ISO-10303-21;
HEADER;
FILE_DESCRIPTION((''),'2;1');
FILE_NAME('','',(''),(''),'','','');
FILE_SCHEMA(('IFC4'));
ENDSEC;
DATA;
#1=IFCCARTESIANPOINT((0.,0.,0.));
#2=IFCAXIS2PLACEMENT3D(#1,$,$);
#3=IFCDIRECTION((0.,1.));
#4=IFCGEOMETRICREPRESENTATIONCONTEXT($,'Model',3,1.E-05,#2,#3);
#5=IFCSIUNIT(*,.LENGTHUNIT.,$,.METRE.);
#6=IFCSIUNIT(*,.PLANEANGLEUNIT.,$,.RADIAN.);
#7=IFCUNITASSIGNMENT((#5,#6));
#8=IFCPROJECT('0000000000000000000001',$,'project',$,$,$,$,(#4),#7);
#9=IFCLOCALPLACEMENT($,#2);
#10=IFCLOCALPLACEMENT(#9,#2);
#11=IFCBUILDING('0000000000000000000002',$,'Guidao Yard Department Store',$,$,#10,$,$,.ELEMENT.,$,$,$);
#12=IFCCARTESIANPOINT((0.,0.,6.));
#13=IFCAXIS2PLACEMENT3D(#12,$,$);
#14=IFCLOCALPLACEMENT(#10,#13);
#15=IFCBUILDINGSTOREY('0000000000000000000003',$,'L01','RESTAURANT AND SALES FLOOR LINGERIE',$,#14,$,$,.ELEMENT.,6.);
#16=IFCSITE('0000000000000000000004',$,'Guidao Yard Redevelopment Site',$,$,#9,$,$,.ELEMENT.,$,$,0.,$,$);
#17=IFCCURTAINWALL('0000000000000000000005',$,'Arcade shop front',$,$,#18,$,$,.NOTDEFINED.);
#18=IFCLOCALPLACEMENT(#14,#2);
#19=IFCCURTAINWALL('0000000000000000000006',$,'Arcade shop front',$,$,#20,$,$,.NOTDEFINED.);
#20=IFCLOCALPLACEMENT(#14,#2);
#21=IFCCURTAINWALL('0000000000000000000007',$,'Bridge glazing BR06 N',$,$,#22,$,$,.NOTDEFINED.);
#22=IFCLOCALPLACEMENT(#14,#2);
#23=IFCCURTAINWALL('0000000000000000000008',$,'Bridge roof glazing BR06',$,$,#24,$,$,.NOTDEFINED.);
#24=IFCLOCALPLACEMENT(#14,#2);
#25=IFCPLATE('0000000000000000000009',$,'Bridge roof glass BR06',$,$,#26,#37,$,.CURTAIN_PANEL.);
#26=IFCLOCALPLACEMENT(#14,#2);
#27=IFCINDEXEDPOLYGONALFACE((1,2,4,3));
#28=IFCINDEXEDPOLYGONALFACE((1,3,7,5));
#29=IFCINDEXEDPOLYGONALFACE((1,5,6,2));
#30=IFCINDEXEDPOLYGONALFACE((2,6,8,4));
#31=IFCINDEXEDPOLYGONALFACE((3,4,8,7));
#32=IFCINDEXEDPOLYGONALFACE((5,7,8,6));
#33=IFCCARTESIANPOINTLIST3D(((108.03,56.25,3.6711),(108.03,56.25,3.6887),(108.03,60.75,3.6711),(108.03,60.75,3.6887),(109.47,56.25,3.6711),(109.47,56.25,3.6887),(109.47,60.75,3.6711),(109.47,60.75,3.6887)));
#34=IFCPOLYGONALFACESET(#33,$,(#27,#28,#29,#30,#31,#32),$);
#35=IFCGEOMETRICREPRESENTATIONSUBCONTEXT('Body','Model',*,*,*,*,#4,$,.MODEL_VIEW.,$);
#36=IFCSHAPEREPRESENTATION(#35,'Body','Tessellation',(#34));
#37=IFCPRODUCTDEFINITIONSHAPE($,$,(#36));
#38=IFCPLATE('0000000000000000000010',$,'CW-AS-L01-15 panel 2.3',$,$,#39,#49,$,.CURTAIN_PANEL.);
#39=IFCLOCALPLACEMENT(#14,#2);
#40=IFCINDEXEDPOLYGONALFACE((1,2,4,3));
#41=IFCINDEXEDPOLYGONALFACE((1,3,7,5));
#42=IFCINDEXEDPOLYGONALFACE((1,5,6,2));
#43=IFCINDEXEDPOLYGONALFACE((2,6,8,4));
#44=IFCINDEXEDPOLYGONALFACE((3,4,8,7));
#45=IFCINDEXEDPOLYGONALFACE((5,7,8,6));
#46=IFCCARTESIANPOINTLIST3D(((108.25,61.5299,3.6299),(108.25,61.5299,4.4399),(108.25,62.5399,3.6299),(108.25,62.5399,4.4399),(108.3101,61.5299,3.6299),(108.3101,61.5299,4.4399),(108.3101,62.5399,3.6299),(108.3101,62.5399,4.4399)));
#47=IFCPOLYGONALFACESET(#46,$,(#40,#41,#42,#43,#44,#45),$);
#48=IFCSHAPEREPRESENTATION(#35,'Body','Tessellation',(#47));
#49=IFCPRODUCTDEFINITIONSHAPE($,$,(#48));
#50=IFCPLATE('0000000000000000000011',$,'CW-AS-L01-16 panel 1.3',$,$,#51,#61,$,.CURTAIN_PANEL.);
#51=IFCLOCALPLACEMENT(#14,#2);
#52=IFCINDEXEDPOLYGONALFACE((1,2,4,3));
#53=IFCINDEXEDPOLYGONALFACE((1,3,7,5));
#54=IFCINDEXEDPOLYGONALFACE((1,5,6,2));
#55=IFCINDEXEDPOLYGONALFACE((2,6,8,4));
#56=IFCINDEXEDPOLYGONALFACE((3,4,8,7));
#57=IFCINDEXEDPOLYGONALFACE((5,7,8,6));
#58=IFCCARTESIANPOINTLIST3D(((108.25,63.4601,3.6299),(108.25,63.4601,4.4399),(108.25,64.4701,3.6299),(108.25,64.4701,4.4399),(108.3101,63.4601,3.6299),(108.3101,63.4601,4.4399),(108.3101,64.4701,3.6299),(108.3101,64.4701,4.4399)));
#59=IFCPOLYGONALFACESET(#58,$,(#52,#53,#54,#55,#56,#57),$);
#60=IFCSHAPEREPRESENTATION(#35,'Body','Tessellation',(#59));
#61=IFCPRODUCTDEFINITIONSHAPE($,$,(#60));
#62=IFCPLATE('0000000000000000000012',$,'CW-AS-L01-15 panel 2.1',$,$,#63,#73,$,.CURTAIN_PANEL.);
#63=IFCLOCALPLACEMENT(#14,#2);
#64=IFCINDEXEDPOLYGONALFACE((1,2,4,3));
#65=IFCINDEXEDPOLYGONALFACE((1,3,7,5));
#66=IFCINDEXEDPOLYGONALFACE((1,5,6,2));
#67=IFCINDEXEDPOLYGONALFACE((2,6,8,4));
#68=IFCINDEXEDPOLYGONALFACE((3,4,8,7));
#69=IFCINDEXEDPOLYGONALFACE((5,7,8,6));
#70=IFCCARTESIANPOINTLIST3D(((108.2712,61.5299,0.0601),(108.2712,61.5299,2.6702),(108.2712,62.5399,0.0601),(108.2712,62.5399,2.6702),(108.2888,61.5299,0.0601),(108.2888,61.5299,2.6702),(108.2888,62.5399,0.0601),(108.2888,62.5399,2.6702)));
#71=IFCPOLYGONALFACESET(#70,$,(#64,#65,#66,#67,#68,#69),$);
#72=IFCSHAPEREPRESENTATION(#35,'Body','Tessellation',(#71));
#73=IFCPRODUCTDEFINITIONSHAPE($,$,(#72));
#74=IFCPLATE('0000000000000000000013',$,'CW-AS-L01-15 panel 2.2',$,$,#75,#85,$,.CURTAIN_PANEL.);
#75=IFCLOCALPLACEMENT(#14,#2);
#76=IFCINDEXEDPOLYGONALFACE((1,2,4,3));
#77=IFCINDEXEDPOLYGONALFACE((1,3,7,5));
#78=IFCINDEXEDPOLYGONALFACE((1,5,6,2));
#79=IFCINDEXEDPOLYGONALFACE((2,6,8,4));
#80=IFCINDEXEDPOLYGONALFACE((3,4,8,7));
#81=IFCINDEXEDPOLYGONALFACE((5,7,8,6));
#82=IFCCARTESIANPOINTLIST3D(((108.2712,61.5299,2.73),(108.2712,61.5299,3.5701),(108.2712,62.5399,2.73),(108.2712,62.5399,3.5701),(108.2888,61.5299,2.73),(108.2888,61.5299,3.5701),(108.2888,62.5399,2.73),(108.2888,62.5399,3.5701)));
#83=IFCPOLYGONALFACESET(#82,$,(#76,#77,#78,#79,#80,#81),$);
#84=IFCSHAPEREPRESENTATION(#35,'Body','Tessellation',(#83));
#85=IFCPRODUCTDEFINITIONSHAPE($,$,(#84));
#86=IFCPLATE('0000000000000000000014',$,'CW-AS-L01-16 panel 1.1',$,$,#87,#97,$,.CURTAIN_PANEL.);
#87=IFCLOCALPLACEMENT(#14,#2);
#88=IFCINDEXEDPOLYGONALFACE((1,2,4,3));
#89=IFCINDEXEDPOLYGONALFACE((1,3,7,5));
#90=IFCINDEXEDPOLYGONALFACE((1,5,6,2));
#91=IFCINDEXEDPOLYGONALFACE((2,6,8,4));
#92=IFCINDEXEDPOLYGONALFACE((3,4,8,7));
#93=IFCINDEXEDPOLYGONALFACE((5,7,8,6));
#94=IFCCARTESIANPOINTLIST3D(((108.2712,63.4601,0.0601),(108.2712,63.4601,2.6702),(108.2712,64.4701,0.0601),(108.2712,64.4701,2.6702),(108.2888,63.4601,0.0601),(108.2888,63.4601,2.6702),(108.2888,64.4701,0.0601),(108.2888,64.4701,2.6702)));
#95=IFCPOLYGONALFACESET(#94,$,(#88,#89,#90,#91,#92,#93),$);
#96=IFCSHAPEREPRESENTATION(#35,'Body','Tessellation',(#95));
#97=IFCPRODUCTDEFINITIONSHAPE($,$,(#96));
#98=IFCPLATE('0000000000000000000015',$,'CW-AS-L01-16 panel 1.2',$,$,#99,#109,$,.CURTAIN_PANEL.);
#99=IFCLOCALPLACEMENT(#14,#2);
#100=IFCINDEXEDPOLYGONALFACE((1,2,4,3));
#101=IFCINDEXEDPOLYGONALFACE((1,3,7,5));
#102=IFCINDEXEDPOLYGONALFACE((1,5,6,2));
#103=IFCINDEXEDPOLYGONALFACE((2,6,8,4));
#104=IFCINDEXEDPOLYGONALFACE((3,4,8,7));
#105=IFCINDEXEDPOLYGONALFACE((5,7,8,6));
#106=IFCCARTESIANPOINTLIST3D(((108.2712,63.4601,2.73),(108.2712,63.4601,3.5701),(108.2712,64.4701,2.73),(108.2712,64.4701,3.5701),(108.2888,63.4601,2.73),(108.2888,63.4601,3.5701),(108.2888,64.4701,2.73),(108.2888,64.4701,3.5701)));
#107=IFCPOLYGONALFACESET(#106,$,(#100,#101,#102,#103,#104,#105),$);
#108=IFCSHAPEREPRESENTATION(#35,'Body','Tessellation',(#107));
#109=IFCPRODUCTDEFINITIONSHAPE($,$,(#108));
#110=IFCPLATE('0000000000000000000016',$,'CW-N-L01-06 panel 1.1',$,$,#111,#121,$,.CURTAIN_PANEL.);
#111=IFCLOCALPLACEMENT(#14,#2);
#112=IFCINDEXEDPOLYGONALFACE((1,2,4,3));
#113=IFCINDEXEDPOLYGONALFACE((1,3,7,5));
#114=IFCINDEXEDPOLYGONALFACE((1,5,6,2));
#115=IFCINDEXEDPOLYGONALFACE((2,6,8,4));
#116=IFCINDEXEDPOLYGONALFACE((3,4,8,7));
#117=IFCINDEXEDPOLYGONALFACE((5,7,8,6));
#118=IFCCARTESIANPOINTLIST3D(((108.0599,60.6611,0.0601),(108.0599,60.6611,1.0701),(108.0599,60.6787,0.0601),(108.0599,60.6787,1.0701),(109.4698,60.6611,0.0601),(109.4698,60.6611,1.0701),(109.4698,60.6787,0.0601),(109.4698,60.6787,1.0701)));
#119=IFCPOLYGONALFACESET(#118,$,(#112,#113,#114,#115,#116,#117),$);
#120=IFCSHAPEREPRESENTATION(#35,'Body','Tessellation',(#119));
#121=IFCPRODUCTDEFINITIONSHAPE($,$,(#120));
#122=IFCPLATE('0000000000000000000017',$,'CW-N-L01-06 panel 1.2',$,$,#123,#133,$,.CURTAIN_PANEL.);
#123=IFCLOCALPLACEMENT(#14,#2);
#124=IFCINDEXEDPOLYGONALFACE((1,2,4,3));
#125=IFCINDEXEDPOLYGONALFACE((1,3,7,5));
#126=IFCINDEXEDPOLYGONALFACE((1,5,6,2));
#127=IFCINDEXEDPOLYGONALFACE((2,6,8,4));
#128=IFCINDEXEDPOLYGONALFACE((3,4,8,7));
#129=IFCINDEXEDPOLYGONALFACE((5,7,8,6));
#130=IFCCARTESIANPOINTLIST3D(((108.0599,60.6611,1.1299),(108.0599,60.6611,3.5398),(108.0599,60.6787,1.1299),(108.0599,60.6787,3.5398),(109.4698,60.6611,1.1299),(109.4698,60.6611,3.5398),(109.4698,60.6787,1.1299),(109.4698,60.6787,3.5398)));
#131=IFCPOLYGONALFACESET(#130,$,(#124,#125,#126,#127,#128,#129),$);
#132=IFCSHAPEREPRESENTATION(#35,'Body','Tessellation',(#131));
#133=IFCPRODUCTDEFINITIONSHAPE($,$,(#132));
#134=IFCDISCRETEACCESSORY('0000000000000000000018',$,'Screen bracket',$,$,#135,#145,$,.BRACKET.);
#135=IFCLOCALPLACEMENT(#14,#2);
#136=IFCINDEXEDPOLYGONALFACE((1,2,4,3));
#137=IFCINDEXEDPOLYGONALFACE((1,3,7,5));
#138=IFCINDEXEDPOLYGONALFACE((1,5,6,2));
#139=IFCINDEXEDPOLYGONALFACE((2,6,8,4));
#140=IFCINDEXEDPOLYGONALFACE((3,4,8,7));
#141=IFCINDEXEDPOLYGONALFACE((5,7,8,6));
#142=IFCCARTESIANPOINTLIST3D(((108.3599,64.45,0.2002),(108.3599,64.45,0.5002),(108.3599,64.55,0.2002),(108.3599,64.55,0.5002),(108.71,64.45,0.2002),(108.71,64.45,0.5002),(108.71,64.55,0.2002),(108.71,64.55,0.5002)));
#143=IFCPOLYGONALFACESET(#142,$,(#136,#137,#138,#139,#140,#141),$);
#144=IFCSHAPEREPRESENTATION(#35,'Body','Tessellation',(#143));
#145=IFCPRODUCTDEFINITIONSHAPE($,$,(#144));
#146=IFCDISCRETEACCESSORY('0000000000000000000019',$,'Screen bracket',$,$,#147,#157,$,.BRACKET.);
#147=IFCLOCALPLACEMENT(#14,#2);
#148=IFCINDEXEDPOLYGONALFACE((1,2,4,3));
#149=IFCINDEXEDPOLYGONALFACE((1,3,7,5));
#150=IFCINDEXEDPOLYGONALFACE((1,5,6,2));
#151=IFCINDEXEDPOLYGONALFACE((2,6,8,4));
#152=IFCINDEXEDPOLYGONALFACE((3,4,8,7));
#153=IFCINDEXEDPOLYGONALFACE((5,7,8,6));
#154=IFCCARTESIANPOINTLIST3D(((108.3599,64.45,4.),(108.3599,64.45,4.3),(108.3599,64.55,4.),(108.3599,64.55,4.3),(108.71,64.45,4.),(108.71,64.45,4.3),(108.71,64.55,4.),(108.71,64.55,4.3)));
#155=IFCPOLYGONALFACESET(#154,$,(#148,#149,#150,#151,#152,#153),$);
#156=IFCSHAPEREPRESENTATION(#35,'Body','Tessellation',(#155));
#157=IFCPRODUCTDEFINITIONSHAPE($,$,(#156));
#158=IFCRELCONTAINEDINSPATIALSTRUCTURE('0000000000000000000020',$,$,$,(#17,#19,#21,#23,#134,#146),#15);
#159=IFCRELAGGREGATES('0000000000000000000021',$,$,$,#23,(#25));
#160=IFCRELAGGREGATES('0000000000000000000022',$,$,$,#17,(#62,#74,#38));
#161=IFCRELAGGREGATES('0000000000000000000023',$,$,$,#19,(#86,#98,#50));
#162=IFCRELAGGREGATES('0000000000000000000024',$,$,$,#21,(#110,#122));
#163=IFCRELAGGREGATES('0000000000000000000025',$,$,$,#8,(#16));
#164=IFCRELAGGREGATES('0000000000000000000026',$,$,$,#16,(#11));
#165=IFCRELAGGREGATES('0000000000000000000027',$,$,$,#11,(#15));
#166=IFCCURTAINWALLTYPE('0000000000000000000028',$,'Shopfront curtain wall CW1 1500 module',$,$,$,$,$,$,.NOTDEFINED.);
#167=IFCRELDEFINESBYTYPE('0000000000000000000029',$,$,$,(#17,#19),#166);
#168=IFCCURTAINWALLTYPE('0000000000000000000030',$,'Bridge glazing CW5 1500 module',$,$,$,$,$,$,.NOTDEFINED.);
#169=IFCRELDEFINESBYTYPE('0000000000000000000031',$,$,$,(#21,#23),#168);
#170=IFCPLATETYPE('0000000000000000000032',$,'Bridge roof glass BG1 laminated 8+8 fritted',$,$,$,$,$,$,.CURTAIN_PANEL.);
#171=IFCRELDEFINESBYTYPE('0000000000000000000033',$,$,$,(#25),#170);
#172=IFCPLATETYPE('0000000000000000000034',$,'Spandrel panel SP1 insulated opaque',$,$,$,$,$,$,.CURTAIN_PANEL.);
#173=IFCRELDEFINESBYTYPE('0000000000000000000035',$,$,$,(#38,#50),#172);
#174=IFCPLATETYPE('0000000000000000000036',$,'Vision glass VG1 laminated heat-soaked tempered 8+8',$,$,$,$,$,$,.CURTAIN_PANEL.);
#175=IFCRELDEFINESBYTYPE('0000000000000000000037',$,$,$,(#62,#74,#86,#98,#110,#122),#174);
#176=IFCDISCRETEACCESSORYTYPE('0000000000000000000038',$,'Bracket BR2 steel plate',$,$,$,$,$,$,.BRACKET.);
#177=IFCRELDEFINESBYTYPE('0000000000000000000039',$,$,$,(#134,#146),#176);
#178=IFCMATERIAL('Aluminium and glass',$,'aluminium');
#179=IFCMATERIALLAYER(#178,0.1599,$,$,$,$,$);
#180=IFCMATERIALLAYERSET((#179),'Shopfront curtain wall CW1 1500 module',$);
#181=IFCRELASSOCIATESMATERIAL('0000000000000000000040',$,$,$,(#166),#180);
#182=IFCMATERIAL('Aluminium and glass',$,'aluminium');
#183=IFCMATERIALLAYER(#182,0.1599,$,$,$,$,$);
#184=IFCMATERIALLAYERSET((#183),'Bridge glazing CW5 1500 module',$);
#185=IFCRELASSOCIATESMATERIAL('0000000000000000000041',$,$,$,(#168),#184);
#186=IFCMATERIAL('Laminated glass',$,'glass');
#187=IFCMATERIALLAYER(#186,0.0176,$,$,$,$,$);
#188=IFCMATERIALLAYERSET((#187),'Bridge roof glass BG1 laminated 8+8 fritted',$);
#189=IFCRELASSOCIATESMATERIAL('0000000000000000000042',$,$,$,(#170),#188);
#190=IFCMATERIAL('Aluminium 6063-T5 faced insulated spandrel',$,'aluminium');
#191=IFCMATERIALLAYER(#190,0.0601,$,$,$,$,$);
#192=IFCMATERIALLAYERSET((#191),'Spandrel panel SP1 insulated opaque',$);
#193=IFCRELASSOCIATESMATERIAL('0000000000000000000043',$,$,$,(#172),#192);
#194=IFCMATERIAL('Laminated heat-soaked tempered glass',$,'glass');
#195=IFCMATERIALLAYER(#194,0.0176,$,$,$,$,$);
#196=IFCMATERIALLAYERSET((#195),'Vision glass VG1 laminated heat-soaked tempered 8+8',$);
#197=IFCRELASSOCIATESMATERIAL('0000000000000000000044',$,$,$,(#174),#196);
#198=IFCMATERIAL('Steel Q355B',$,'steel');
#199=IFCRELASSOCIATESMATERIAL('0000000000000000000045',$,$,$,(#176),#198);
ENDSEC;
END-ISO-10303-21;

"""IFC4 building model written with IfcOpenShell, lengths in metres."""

from ifc_helpers import new_model, si_unit, direction, frame, origin, origin_2d, place, context, subcontext, project, spatial, rectangle, extrude, material, layer, layer_set, type_object, element, aggregate, save


model = new_model("IFC4")

# Units and contexts
model_context = context("Model", 3, precision=1e-05, world=origin(), true_north=direction((0.0, 1.0)))
body_context = subcontext(model_context, "Body", "Model", "MODEL_VIEW")
ifc_project = project(units=[si_unit("LENGTHUNIT", "METRE"), si_unit("PLANEANGLEUNIT", "RADIAN")], contexts=[model_context])

# Site, building, storey
site_placement = place(None, origin())
site = spatial("IfcSite", under=ifc_project, at=site_placement, Name="Guidao Yard Redevelopment Site", CompositionType="ELEMENT", RefElevation=0.0)
building_placement = place(site_placement, origin())
building = spatial("IfcBuilding", under=site, at=building_placement, Name="Guidao Yard Department Store", CompositionType="ELEMENT")
storey_placement = place(building_placement, frame((0.0, 0.0, 6.0)))
storey = spatial("IfcBuildingStorey", under=building, at=storey_placement, Name="L01", Description="RESTAURANT AND SALES FLOOR LINGERIE", CompositionType="ELEMENT", Elevation=6.0)

# Curtain walls
ifc_material_1 = material(Name="Aluminium and glass", Category="aluminium")
ifc_layer_1 = layer(ifc_material_1, 0.1599)
ifc_layer_set_1 = layer_set([ifc_layer_1], Name="Shopfront curtain wall CW1 1500 module")
curtain_wall_type_1 = type_object("IfcCurtainWallType", Name="Shopfront curtain wall CW1 1500 module", PredefinedType="NOTDEFINED", material=ifc_layer_set_1)
curtain_wall_1_placement = place(storey_placement, origin())
curtain_wall_1 = element("IfcCurtainWall", 1, at=curtain_wall_1_placement, inside=storey, type_object=curtain_wall_type_1, Name="Arcade shop front", PredefinedType="NOTDEFINED")
curtain_wall_2_placement = place(storey_placement, origin())
curtain_wall_2 = element("IfcCurtainWall", 2, at=curtain_wall_2_placement, inside=storey, type_object=curtain_wall_type_1, Name="Arcade shop front", PredefinedType="NOTDEFINED")

# Curtain wall
ifc_material_2 = material(Name="Aluminium and glass", Category="aluminium")
ifc_layer_2 = layer(ifc_material_2, 0.1599)
ifc_layer_set_2 = layer_set([ifc_layer_2], Name="Bridge glazing CW5 1500 module")
curtain_wall_type_2 = type_object("IfcCurtainWallType", Name="Bridge glazing CW5 1500 module", PredefinedType="NOTDEFINED", material=ifc_layer_set_2)
curtain_wall_3_placement = place(storey_placement, origin())
curtain_wall_3 = element("IfcCurtainWall", 3, at=curtain_wall_3_placement, inside=storey, type_object=curtain_wall_type_2, Name="Bridge glazing BR06 N", PredefinedType="NOTDEFINED")

# Curtain wall, plate
curtain_wall_4_placement = place(storey_placement, origin())
curtain_wall_4 = element("IfcCurtainWall", 4, at=curtain_wall_4_placement, inside=storey, type_object=curtain_wall_type_2, Name="Bridge roof glazing BR06", PredefinedType="NOTDEFINED")
ifc_material_3 = material(Name="Laminated glass", Category="glass")
ifc_layer_3 = layer(ifc_material_3, 0.0176)
ifc_layer_set_3 = layer_set([ifc_layer_3], Name="Bridge roof glass BG1 laminated 8+8 fritted")
plate_type_1 = type_object("IfcPlateType", Name="Bridge roof glass BG1 laminated 8+8 fritted", PredefinedType="CURTAIN_PANEL", material=ifc_layer_set_3)
plate_1_placement = place(storey_placement, frame((108.75, 58.5, 3.6711), z_axis=(0.0, 0.0, 1.0), x_axis=(1.0, 0.0, 0.0)))
plate_1 = element("IfcPlate", 5, at=plate_1_placement, type_object=plate_type_1, Name="Bridge roof glass BR06", PredefinedType="CURTAIN_PANEL", context=body_context, shape_type="SweptSolid", body=[
    extrude(rectangle(XDim=1.4399, YDim=4.5, at=origin_2d()), origin(), (0.0, 0.0, 1.0), 0.0176),
])
aggregate(curtain_wall_4, [plate_1])

# Plates
ifc_material_4 = material(Name="Aluminium 6063-T5 faced insulated spandrel", Category="aluminium")
ifc_layer_4 = layer(ifc_material_4, 0.0601)
ifc_layer_set_4 = layer_set([ifc_layer_4], Name="Spandrel panel SP1 insulated opaque")
plate_type_2 = type_object("IfcPlateType", Name="Spandrel panel SP1 insulated opaque", PredefinedType="CURTAIN_PANEL", material=ifc_layer_set_4)
plate_2_placement = place(storey_placement, frame((108.28, 62.0349, 3.6299), z_axis=(0.0, 0.0, 1.0), x_axis=(0.0, -1.0, 0.0)))
plate_2 = element("IfcPlate", 6, at=plate_2_placement, type_object=plate_type_2, Name="CW-AS-L01-15 panel 2.3", PredefinedType="CURTAIN_PANEL", context=body_context, shape_type="SweptSolid", body=[
    extrude(rectangle(XDim=1.01, YDim=0.0601, at=origin_2d()), origin(), (0.0, 0.0, 1.0), 0.8101),
])
plate_3_placement = place(storey_placement, frame((108.28, 63.9651, 3.6299), z_axis=(0.0, 0.0, 1.0), x_axis=(0.0, -1.0, 0.0)))
plate_3 = element("IfcPlate", 7, at=plate_3_placement, type_object=plate_type_2, Name="CW-AS-L01-16 panel 1.3", PredefinedType="CURTAIN_PANEL", context=body_context, shape_type="SweptSolid", body=[
    extrude(rectangle(XDim=1.01, YDim=0.0601, at=origin_2d()), origin(), (0.0, 0.0, 1.0), 0.8101),
])
ifc_material_5 = material(Name="Laminated heat-soaked tempered glass", Category="glass")
ifc_layer_5 = layer(ifc_material_5, 0.0176)
ifc_layer_set_5 = layer_set([ifc_layer_5], Name="Vision glass VG1 laminated heat-soaked tempered 8+8")
plate_type_3 = type_object("IfcPlateType", Name="Vision glass VG1 laminated heat-soaked tempered 8+8", PredefinedType="CURTAIN_PANEL", material=ifc_layer_set_5)
plate_4_placement = place(storey_placement, frame((108.28, 62.0349, 0.0601), z_axis=(0.0, 0.0, 1.0), x_axis=(0.0, -1.0, 0.0)))
plate_4 = element("IfcPlate", 8, at=plate_4_placement, type_object=plate_type_3, Name="CW-AS-L01-15 panel 2.1", PredefinedType="CURTAIN_PANEL", context=body_context, shape_type="SweptSolid", body=[
    extrude(rectangle(XDim=1.01, YDim=0.0176, at=origin_2d()), origin(), (0.0, 0.0, 1.0), 2.6101),
])
plate_5_placement = place(storey_placement, frame((108.28, 62.0349, 2.73), z_axis=(0.0, 0.0, 1.0), x_axis=(0.0, -1.0, 0.0)))
plate_5 = element("IfcPlate", 9, at=plate_5_placement, type_object=plate_type_3, Name="CW-AS-L01-15 panel 2.2", PredefinedType="CURTAIN_PANEL", context=body_context, shape_type="SweptSolid", body=[
    extrude(rectangle(XDim=1.01, YDim=0.0176, at=origin_2d()), origin(), (0.0, 0.0, 1.0), 0.8401),
])
aggregate(curtain_wall_1, [plate_4, plate_5, plate_2])
plate_6_placement = place(storey_placement, frame((108.28, 63.9651, 0.0601), z_axis=(0.0, 0.0, 1.0), x_axis=(0.0, -1.0, 0.0)))
plate_6 = element("IfcPlate", 10, at=plate_6_placement, type_object=plate_type_3, Name="CW-AS-L01-16 panel 1.1", PredefinedType="CURTAIN_PANEL", context=body_context, shape_type="SweptSolid", body=[
    extrude(rectangle(XDim=1.01, YDim=0.0176, at=origin_2d()), origin(), (0.0, 0.0, 1.0), 2.6101),
])
plate_7_placement = place(storey_placement, frame((108.28, 63.9651, 2.73), z_axis=(0.0, 0.0, 1.0), x_axis=(0.0, -1.0, 0.0)))
plate_7 = element("IfcPlate", 11, at=plate_7_placement, type_object=plate_type_3, Name="CW-AS-L01-16 panel 1.2", PredefinedType="CURTAIN_PANEL", context=body_context, shape_type="SweptSolid", body=[
    extrude(rectangle(XDim=1.01, YDim=0.0176, at=origin_2d()), origin(), (0.0, 0.0, 1.0), 0.8401),
])
aggregate(curtain_wall_2, [plate_6, plate_7, plate_3])
plate_8_placement = place(storey_placement, frame((108.7649, 60.6699, 0.0601), z_axis=(0.0, 0.0, 1.0), x_axis=(1.0, 0.0, 0.0)))
plate_8 = element("IfcPlate", 12, at=plate_8_placement, type_object=plate_type_3, Name="CW-N-L01-06 panel 1.1", PredefinedType="CURTAIN_PANEL", context=body_context, shape_type="SweptSolid", body=[
    extrude(rectangle(XDim=1.4099, YDim=0.0176, at=origin_2d()), origin(), (0.0, 0.0, 1.0), 1.01),
])
plate_9_placement = place(storey_placement, frame((108.7649, 60.6699, 1.1299), z_axis=(0.0, 0.0, 1.0), x_axis=(1.0, 0.0, 0.0)))
plate_9 = element("IfcPlate", 13, at=plate_9_placement, type_object=plate_type_3, Name="CW-N-L01-06 panel 1.2", PredefinedType="CURTAIN_PANEL", context=body_context, shape_type="SweptSolid", body=[
    extrude(rectangle(XDim=1.4099, YDim=0.0176, at=origin_2d()), origin(), (0.0, 0.0, 1.0), 2.4099),
])
aggregate(curtain_wall_3, [plate_8, plate_9])

# Discrete accessories
ifc_material_6 = material(Name="Steel Q355B", Category="steel")
discrete_accessory_type = type_object("IfcDiscreteAccessoryType", Name="Bracket BR2 steel plate", PredefinedType="BRACKET", material=ifc_material_6)
for number, where, z_axis, x_axis, name in (
    (14, (108.5349, 64.5, 0.2002), (0.0, 0.0, 1.0), (0.0, -1.0, 0.0), "Screen bracket"),
    (15, (108.5349, 64.5, 4.0), (0.0, 0.0, 1.0), (0.0, -1.0, 0.0), "Screen bracket"),
):
    element("IfcDiscreteAccessory", number, at=place(storey_placement, frame(where, z_axis=z_axis, x_axis=x_axis)), inside=storey, type_object=discrete_accessory_type, Name=name, PredefinedType="BRACKET", context=body_context, shape_type="SweptSolid", body=[
        extrude(rectangle(XDim=0.1001, YDim=0.3501, at=origin_2d()), origin(), (0.0, 0.0, 1.0), 0.3),
    ])

save(model, "model.ifc")
